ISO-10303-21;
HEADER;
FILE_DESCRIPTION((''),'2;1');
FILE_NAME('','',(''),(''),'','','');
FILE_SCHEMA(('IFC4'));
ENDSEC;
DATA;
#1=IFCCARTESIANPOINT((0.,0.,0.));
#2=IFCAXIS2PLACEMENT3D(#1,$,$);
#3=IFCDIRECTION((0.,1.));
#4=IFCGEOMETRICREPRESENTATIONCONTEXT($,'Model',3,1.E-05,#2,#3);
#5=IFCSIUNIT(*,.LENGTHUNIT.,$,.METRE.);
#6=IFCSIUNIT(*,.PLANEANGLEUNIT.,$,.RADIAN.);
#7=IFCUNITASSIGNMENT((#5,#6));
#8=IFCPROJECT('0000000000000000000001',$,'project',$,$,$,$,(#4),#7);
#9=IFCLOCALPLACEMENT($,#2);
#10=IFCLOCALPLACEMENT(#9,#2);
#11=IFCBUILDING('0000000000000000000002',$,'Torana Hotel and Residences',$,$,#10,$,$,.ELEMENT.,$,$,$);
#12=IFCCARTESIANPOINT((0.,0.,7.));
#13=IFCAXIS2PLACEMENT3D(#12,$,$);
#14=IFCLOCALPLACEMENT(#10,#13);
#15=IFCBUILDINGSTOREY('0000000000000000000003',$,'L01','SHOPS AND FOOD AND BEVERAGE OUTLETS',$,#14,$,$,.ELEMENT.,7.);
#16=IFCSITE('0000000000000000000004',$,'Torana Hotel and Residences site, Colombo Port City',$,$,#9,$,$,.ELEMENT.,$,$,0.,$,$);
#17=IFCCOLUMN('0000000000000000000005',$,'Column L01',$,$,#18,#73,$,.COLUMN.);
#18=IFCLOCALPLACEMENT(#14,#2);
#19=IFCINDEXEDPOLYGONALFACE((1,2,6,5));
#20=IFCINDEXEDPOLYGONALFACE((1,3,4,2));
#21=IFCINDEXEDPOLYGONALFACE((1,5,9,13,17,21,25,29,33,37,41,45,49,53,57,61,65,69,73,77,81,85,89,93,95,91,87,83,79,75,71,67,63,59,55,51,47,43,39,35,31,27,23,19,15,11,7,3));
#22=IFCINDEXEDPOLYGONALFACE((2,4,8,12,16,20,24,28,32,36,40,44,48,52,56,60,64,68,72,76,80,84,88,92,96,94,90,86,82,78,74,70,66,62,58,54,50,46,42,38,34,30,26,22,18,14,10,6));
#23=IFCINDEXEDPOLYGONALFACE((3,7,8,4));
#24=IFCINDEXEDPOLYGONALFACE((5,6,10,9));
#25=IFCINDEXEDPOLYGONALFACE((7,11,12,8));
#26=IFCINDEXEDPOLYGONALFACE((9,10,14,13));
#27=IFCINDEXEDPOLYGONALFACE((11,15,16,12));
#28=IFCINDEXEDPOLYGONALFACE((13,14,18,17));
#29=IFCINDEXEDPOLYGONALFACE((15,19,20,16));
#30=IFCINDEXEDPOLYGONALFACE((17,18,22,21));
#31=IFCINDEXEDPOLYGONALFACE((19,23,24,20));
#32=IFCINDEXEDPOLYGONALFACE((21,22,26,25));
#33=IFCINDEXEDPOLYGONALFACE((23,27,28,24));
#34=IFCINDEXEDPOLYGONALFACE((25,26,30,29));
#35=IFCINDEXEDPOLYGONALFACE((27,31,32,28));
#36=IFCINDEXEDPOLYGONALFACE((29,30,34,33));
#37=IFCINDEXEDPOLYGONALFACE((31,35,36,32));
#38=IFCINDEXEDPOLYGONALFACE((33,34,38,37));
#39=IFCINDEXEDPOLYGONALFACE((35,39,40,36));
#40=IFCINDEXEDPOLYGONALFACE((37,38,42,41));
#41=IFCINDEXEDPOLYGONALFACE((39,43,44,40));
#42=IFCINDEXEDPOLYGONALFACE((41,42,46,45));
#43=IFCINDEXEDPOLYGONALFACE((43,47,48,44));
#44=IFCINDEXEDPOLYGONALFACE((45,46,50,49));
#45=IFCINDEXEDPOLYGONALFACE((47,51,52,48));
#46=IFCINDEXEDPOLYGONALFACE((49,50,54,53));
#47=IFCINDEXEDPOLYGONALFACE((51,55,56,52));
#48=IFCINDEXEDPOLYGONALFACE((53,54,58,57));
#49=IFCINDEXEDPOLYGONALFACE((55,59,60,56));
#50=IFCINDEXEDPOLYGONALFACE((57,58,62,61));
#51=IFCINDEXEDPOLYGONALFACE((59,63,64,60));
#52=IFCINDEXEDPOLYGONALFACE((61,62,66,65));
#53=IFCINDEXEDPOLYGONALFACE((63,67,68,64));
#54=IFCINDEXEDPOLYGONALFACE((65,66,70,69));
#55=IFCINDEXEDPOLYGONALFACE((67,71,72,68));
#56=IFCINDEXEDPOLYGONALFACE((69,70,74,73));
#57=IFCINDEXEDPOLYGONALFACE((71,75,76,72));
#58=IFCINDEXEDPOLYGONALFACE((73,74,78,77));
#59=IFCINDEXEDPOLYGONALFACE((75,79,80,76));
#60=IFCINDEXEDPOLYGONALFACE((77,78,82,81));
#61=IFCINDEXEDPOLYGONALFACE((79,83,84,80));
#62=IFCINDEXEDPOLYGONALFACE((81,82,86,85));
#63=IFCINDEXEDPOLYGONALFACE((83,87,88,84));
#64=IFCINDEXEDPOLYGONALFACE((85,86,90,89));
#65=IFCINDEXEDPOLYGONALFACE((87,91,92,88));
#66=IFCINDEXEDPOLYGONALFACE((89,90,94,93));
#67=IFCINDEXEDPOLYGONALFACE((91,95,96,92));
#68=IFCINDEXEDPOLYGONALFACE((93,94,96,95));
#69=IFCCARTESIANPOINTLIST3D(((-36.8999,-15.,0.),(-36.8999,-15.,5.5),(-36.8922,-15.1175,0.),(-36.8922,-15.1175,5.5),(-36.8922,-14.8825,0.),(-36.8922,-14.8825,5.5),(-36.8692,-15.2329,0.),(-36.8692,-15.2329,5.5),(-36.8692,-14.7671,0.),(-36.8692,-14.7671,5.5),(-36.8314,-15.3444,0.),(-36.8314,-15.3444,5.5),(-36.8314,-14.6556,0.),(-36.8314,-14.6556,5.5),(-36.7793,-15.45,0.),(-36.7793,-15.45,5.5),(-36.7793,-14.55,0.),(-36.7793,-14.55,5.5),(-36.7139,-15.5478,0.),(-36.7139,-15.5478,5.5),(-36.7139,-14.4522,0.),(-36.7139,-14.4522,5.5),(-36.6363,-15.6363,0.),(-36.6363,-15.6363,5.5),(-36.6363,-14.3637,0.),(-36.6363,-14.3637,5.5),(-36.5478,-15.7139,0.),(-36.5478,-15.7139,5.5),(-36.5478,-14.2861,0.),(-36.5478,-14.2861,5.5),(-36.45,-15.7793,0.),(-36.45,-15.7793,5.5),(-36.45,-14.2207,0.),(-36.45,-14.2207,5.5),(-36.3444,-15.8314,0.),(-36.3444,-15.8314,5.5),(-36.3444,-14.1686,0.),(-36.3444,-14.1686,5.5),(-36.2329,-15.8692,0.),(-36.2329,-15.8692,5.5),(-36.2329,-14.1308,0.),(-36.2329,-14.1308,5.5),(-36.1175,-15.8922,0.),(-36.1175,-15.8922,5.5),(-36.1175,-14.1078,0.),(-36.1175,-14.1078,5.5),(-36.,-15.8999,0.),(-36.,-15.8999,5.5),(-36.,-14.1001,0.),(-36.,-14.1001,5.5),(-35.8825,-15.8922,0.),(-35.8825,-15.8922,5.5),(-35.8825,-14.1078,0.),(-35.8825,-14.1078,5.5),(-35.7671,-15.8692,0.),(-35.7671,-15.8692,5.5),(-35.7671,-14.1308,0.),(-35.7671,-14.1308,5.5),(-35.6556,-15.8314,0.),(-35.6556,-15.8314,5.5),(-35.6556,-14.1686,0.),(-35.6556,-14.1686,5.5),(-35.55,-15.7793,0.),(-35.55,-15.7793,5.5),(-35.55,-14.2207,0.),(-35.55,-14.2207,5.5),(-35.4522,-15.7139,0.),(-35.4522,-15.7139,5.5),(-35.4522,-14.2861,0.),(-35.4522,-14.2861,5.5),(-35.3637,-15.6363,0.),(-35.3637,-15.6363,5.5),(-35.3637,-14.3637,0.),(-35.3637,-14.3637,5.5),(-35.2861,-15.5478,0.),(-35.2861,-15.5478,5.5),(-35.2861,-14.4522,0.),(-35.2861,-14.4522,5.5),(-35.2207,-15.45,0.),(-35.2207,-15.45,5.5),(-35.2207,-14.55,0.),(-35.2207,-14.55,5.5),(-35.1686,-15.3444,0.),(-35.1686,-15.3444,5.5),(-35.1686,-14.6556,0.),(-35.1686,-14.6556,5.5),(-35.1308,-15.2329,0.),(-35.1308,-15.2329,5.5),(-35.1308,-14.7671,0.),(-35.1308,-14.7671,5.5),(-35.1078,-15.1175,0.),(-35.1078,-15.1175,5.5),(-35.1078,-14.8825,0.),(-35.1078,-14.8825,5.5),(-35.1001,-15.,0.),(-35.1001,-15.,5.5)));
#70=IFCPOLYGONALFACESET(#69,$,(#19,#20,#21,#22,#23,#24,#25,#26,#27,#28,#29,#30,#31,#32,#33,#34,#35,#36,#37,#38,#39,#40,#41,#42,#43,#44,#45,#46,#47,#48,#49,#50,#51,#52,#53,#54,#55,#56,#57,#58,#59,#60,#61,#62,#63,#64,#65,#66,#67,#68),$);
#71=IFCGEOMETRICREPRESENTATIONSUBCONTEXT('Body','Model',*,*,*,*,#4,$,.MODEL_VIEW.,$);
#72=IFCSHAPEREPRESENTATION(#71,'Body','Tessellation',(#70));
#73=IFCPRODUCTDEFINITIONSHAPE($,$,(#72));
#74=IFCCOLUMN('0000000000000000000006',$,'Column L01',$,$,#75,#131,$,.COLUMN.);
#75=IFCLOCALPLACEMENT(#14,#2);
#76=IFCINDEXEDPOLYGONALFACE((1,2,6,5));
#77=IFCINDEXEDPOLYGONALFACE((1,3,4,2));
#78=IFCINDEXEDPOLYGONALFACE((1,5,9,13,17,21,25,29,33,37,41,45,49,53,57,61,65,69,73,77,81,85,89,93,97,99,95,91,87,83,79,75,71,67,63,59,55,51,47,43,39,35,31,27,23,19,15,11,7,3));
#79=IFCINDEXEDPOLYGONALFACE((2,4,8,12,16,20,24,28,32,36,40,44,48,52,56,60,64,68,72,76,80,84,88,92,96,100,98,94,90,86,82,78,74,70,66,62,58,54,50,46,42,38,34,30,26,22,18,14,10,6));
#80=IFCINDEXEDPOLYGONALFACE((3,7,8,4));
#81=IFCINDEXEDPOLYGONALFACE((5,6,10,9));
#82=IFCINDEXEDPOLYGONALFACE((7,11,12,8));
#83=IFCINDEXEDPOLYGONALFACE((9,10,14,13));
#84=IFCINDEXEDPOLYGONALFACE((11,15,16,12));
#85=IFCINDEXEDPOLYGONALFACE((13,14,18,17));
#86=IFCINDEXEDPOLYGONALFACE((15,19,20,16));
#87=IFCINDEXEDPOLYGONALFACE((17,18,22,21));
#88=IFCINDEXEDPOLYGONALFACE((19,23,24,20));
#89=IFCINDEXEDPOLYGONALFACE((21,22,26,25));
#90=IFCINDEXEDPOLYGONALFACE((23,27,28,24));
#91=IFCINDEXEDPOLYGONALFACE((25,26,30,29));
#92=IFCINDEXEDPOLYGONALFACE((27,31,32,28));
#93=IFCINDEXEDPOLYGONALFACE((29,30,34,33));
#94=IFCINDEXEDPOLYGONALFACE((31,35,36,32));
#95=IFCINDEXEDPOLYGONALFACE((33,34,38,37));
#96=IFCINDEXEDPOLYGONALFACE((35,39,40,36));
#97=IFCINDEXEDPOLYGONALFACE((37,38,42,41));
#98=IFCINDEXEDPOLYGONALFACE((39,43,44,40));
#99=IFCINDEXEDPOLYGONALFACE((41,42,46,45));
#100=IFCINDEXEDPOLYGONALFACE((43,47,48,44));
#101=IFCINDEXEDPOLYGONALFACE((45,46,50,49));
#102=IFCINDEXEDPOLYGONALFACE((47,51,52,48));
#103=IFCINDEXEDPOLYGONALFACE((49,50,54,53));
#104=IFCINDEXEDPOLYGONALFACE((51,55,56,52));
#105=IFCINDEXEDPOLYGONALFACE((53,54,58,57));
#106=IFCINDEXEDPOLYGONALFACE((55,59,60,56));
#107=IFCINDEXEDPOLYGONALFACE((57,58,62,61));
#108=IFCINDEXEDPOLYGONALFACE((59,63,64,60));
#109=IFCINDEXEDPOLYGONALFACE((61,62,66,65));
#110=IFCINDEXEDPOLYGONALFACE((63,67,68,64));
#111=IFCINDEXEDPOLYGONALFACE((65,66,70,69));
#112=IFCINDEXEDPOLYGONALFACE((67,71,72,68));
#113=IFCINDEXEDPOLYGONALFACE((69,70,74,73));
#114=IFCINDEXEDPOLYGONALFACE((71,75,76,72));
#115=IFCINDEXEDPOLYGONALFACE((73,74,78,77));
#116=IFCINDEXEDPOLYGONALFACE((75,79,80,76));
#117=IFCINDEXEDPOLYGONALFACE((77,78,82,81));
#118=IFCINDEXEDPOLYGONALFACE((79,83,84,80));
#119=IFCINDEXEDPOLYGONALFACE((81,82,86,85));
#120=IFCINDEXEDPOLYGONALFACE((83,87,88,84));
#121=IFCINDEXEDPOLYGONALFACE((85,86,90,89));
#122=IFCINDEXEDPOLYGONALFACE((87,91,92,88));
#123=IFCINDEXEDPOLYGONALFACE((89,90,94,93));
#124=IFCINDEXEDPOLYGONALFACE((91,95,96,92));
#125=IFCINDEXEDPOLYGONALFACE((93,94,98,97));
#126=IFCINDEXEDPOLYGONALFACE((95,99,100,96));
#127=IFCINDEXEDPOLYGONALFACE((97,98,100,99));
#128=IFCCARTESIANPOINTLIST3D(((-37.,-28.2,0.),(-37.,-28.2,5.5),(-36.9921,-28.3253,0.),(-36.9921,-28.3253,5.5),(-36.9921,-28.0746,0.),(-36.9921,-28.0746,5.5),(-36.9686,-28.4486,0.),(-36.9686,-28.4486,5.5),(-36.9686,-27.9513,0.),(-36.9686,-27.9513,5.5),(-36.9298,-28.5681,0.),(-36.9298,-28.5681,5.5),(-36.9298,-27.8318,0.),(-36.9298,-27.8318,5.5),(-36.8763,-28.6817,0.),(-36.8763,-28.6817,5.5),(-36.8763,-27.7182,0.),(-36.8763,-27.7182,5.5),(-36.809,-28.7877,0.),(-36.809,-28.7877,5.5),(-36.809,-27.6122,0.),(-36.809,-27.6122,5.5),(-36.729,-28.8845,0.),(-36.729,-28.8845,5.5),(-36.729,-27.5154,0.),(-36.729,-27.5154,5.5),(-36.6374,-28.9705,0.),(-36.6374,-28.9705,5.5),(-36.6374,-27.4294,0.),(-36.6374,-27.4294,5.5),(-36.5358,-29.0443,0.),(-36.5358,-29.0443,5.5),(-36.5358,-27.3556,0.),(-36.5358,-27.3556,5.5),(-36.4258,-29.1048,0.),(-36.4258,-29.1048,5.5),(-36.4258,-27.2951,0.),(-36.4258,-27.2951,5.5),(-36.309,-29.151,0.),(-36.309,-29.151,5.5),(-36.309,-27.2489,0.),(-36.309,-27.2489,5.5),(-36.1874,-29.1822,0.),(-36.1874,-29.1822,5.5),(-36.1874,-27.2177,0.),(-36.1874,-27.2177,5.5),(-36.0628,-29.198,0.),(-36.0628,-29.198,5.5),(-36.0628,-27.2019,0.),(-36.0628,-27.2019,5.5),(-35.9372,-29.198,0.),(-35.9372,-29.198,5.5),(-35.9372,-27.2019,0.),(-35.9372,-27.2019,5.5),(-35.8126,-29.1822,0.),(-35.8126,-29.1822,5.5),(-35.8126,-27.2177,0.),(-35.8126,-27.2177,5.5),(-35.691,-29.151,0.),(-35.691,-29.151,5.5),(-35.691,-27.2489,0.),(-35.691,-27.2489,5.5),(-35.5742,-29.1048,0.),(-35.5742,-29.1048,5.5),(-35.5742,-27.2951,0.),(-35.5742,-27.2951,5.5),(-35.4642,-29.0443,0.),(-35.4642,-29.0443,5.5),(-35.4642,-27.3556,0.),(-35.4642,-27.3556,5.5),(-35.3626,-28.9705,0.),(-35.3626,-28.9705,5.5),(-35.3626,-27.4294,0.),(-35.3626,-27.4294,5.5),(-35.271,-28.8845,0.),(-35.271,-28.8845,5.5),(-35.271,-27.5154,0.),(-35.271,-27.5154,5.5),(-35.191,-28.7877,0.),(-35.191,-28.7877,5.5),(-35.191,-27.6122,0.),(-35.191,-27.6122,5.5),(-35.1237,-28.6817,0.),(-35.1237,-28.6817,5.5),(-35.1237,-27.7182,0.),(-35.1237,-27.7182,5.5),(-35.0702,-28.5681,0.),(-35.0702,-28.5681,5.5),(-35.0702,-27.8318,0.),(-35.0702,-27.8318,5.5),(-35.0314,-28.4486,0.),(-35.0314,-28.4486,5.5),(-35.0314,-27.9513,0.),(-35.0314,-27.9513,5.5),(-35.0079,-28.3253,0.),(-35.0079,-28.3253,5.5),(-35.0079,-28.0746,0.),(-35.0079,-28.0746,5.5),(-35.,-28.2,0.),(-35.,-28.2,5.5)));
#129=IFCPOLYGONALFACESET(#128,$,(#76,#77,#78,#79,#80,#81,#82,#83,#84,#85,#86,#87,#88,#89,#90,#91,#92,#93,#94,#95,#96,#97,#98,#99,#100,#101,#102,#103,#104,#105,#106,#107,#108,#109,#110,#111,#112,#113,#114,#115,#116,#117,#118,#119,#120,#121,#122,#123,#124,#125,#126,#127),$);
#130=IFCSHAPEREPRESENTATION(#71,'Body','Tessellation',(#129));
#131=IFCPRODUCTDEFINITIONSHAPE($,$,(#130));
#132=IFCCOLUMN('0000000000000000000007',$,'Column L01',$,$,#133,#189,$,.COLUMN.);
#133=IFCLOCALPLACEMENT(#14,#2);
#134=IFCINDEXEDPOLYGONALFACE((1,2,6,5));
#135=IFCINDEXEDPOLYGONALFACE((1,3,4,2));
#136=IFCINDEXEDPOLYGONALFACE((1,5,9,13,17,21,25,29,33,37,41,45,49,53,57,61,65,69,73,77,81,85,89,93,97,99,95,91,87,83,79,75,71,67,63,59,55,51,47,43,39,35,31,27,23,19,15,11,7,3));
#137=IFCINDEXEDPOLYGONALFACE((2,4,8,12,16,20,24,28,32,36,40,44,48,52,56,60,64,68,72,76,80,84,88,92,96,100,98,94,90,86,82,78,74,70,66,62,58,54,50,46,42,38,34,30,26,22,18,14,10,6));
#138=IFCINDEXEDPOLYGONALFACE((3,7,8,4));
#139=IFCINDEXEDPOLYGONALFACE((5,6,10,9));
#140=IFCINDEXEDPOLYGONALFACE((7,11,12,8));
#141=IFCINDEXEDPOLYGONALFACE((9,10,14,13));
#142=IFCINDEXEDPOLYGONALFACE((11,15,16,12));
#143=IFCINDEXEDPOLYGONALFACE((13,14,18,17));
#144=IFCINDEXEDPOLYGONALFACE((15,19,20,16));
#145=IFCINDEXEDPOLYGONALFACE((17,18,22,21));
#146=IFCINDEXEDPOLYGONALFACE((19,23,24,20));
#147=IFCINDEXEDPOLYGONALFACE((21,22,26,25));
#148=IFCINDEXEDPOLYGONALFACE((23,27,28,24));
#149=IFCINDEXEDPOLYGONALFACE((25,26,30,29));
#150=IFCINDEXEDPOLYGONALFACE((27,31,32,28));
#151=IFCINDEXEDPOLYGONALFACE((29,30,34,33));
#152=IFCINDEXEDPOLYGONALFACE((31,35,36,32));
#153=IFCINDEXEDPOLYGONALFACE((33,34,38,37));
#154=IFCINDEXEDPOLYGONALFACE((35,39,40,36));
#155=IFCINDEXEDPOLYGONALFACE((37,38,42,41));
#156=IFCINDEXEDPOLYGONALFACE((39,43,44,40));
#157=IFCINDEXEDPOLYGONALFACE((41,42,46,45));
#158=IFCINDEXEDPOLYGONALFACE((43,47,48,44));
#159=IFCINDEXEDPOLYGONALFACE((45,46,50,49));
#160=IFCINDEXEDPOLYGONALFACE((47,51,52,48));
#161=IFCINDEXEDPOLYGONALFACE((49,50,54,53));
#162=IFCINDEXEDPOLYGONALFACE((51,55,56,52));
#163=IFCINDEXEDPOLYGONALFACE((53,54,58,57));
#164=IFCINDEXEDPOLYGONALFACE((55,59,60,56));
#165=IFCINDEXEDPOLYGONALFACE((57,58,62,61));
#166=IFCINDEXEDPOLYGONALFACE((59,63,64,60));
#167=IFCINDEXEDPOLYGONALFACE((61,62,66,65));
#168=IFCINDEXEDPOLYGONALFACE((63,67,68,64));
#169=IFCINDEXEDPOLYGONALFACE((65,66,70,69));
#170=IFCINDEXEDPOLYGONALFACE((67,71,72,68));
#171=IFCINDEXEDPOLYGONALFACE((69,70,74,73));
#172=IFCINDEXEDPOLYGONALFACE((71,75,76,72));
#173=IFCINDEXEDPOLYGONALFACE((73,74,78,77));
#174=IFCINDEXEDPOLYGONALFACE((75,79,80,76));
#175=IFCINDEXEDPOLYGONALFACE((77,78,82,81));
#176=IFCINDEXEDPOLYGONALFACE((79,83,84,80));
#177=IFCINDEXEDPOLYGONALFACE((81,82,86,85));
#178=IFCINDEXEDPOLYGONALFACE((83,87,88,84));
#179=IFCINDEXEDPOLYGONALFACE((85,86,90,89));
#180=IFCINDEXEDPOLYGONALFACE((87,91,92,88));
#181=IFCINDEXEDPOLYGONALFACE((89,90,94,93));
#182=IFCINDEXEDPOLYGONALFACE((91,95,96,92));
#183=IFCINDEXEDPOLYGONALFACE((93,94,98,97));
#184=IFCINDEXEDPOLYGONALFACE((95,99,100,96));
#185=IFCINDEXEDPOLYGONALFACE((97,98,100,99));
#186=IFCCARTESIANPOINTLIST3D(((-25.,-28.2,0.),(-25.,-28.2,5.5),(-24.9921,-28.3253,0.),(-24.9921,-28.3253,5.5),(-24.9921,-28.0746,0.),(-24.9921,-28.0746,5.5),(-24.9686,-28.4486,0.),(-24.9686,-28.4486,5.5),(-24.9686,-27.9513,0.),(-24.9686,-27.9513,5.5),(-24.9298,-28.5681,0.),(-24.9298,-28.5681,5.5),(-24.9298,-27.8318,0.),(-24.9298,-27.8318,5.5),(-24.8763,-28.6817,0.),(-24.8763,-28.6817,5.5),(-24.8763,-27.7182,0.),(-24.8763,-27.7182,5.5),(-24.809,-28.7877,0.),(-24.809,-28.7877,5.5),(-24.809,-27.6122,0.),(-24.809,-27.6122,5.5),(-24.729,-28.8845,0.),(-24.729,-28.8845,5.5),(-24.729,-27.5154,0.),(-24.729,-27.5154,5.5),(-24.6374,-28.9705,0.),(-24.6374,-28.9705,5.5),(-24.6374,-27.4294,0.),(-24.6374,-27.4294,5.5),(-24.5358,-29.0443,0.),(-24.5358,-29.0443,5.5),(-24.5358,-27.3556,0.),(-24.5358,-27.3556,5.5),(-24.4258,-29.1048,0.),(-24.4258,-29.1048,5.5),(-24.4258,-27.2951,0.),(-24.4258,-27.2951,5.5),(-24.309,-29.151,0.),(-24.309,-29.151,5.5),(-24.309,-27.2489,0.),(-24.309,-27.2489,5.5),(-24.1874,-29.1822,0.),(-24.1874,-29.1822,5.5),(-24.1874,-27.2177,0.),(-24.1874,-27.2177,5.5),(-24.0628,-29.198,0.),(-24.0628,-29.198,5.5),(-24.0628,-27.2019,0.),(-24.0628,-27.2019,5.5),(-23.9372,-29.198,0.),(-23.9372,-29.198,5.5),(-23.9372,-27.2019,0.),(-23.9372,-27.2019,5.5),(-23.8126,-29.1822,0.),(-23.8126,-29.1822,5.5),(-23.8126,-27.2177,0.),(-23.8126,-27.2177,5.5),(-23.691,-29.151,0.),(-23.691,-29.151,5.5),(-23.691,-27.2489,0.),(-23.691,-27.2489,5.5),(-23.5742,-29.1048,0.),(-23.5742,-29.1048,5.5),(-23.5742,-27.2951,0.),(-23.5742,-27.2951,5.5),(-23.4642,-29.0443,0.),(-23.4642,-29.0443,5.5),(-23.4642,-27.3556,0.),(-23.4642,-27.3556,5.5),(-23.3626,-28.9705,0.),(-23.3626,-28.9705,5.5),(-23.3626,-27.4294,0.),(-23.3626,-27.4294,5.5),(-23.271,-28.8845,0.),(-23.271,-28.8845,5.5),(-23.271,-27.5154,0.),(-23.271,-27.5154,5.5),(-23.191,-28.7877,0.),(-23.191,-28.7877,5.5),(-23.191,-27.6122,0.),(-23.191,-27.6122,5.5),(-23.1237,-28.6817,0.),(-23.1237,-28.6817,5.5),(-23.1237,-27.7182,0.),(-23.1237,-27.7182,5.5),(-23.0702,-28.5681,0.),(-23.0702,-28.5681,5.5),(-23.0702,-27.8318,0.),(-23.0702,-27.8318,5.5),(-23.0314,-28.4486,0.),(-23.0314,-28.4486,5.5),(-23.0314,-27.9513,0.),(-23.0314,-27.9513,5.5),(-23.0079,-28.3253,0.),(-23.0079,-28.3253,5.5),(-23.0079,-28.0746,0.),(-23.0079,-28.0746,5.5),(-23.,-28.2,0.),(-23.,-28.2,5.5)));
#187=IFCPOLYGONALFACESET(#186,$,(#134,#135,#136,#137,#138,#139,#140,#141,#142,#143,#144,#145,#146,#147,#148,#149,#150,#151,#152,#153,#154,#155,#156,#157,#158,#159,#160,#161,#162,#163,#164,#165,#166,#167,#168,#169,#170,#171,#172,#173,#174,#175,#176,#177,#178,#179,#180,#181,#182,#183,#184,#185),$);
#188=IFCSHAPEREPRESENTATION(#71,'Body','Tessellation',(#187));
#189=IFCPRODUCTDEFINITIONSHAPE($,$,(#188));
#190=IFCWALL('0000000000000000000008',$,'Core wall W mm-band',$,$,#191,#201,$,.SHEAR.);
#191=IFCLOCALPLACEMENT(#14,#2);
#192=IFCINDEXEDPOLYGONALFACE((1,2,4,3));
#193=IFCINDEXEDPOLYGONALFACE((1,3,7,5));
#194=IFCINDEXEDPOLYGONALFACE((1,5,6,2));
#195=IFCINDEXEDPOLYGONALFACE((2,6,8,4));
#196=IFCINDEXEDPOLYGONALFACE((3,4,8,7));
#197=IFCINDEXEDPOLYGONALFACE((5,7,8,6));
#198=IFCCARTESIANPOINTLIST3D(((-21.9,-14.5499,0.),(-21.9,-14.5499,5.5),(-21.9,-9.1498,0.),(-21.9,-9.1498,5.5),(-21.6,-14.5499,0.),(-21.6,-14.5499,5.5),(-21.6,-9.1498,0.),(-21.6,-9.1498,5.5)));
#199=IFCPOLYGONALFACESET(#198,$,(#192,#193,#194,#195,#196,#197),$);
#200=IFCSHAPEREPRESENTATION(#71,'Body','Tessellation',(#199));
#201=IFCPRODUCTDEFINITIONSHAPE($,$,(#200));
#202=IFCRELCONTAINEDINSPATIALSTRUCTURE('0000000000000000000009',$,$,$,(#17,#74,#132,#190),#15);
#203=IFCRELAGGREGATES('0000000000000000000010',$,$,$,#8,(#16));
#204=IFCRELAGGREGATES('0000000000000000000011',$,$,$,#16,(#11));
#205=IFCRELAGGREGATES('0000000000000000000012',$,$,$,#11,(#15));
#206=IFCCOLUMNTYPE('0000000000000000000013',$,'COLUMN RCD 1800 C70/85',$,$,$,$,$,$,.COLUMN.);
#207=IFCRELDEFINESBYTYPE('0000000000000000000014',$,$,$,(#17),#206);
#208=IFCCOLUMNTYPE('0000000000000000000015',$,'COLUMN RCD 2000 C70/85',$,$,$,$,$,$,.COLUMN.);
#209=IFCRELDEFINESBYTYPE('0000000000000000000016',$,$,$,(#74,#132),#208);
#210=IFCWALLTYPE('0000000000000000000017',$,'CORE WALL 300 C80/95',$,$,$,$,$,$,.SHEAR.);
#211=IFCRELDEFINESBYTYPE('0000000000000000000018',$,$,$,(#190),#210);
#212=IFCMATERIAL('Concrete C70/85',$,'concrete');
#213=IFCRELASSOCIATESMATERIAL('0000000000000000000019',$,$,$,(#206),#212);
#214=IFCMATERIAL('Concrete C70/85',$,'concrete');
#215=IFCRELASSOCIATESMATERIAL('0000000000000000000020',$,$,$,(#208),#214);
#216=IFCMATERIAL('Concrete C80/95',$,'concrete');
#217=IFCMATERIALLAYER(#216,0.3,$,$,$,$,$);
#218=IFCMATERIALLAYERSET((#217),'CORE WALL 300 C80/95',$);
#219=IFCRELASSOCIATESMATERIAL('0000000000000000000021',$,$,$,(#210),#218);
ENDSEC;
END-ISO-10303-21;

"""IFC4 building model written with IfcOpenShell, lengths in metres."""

from ifc_helpers import new_model, si_unit, direction, frame, frame_2d, origin, origin_2d, place, context, subcontext, project, spatial, rectangle, circle, extrude, material, layer, layer_set, material_profile, profile_set, type_object, element, save


model = new_model("IFC4")

# Units and contexts
model_context = context("Model", 3, precision=1e-05, world=origin(), true_north=direction((0.0, 1.0)))
body_context = subcontext(model_context, "Body", "Model", "MODEL_VIEW")
ifc_project = project(units=[si_unit("LENGTHUNIT", "METRE"), si_unit("PLANEANGLEUNIT", "RADIAN")], contexts=[model_context])

# Site, building, storey
site_placement = place(None, origin())
site = spatial("IfcSite", under=ifc_project, at=site_placement, Name="Torana Hotel and Residences site, Colombo Port City", CompositionType="ELEMENT", RefElevation=0.0)
building_placement = place(site_placement, origin())
building = spatial("IfcBuilding", under=site, at=building_placement, Name="Torana Hotel and Residences", CompositionType="ELEMENT")
storey_placement = place(building_placement, frame((0.0, 0.0, 7.0)))
storey = spatial("IfcBuildingStorey", under=building, at=storey_placement, Name="L01", Description="SHOPS AND FOOD AND BEVERAGE OUTLETS", CompositionType="ELEMENT", Elevation=7.0)

# Columns
ifc_material_1 = material(Name="Concrete C70/85", Category="concrete")
ifc_material_profile_1 = material_profile(ifc_material_1, circle(Radius=0.8999, at=origin_2d()), Name="RCD 1800")
ifc_profile_set_1 = profile_set([ifc_material_profile_1], Name="Concrete C70/85")
column_type_1 = type_object("IfcColumnType", Name="COLUMN RCD 1800 C70/85", PredefinedType="COLUMN", material=ifc_profile_set_1)
column_placement = place(storey_placement, frame((-36.0, -15.0, 0.0), z_axis=(0.0, 0.0, 1.0), x_axis=(1.0, 0.0, 0.0)))
element("IfcColumn", 1, at=column_placement, inside=storey, type_object=column_type_1, Name="Column L01", PredefinedType="COLUMN", context=body_context, shape_type="SweptSolid", body=[
    extrude(circle(Radius=0.8999, at=origin_2d()), origin(), (0.0, 0.0, 1.0), 5.5),
])
ifc_material_2 = material(Name="Concrete C70/85", Category="concrete")
ifc_material_profile_2 = material_profile(ifc_material_2, circle(Radius=1.0, at=origin_2d()), Name="RCD 2000")
ifc_profile_set_2 = profile_set([ifc_material_profile_2], Name="Concrete C70/85")
column_type_2 = type_object("IfcColumnType", Name="COLUMN RCD 2000 C70/85", PredefinedType="COLUMN", material=ifc_profile_set_2)
for number, where, z_axis, x_axis, name in (
    (2, (-36.0, -28.2, 0.0), (0.0, 0.0, 1.0), (1.0, 0.0, 0.0), "Column L01"),
    (3, (-24.0, -28.2, 0.0), (0.0, 0.0, 1.0), (1.0, 0.0, 0.0), "Column L01"),
):
    element("IfcColumn", number, at=place(storey_placement, frame(where, z_axis=z_axis, x_axis=x_axis)), inside=storey, type_object=column_type_2, Name=name, PredefinedType="COLUMN", context=body_context, shape_type="SweptSolid", body=[
        extrude(circle(Radius=1.0, at=origin_2d()), origin(), (0.0, 0.0, 1.0), 5.5),
    ])

# Wall
ifc_material_3 = material(Name="Concrete C80/95", Category="concrete")
ifc_layer_1 = layer(ifc_material_3, 0.3)
ifc_layer_set_1 = layer_set([ifc_layer_1], Name="CORE WALL 300 C80/95")
wall_type_1 = type_object("IfcWallType", Name="CORE WALL 300 C80/95", PredefinedType="SHEAR", material=ifc_layer_set_1)
for number, where, z_axis, x_axis, name in (
    (4, (-21.75, -14.55, 0.0), (0.0, 0.0, 1.0), (0.0, 1.0, 0.0), "Core wall W mm-band"),
):
    element("IfcWall", number, at=place(storey_placement, frame(where, z_axis=z_axis, x_axis=x_axis)), inside=storey, type_object=wall_type_1, Name=name, PredefinedType="SHEAR", context=body_context, shape_type="SweptSolid", body=[
        extrude(rectangle(XDim=5.4001, YDim=0.3, at=frame_2d((2.7002, 0.0))), origin(), (0.0, 0.0, 1.0), 5.5),
    ])

save(model, "model.ifc")
